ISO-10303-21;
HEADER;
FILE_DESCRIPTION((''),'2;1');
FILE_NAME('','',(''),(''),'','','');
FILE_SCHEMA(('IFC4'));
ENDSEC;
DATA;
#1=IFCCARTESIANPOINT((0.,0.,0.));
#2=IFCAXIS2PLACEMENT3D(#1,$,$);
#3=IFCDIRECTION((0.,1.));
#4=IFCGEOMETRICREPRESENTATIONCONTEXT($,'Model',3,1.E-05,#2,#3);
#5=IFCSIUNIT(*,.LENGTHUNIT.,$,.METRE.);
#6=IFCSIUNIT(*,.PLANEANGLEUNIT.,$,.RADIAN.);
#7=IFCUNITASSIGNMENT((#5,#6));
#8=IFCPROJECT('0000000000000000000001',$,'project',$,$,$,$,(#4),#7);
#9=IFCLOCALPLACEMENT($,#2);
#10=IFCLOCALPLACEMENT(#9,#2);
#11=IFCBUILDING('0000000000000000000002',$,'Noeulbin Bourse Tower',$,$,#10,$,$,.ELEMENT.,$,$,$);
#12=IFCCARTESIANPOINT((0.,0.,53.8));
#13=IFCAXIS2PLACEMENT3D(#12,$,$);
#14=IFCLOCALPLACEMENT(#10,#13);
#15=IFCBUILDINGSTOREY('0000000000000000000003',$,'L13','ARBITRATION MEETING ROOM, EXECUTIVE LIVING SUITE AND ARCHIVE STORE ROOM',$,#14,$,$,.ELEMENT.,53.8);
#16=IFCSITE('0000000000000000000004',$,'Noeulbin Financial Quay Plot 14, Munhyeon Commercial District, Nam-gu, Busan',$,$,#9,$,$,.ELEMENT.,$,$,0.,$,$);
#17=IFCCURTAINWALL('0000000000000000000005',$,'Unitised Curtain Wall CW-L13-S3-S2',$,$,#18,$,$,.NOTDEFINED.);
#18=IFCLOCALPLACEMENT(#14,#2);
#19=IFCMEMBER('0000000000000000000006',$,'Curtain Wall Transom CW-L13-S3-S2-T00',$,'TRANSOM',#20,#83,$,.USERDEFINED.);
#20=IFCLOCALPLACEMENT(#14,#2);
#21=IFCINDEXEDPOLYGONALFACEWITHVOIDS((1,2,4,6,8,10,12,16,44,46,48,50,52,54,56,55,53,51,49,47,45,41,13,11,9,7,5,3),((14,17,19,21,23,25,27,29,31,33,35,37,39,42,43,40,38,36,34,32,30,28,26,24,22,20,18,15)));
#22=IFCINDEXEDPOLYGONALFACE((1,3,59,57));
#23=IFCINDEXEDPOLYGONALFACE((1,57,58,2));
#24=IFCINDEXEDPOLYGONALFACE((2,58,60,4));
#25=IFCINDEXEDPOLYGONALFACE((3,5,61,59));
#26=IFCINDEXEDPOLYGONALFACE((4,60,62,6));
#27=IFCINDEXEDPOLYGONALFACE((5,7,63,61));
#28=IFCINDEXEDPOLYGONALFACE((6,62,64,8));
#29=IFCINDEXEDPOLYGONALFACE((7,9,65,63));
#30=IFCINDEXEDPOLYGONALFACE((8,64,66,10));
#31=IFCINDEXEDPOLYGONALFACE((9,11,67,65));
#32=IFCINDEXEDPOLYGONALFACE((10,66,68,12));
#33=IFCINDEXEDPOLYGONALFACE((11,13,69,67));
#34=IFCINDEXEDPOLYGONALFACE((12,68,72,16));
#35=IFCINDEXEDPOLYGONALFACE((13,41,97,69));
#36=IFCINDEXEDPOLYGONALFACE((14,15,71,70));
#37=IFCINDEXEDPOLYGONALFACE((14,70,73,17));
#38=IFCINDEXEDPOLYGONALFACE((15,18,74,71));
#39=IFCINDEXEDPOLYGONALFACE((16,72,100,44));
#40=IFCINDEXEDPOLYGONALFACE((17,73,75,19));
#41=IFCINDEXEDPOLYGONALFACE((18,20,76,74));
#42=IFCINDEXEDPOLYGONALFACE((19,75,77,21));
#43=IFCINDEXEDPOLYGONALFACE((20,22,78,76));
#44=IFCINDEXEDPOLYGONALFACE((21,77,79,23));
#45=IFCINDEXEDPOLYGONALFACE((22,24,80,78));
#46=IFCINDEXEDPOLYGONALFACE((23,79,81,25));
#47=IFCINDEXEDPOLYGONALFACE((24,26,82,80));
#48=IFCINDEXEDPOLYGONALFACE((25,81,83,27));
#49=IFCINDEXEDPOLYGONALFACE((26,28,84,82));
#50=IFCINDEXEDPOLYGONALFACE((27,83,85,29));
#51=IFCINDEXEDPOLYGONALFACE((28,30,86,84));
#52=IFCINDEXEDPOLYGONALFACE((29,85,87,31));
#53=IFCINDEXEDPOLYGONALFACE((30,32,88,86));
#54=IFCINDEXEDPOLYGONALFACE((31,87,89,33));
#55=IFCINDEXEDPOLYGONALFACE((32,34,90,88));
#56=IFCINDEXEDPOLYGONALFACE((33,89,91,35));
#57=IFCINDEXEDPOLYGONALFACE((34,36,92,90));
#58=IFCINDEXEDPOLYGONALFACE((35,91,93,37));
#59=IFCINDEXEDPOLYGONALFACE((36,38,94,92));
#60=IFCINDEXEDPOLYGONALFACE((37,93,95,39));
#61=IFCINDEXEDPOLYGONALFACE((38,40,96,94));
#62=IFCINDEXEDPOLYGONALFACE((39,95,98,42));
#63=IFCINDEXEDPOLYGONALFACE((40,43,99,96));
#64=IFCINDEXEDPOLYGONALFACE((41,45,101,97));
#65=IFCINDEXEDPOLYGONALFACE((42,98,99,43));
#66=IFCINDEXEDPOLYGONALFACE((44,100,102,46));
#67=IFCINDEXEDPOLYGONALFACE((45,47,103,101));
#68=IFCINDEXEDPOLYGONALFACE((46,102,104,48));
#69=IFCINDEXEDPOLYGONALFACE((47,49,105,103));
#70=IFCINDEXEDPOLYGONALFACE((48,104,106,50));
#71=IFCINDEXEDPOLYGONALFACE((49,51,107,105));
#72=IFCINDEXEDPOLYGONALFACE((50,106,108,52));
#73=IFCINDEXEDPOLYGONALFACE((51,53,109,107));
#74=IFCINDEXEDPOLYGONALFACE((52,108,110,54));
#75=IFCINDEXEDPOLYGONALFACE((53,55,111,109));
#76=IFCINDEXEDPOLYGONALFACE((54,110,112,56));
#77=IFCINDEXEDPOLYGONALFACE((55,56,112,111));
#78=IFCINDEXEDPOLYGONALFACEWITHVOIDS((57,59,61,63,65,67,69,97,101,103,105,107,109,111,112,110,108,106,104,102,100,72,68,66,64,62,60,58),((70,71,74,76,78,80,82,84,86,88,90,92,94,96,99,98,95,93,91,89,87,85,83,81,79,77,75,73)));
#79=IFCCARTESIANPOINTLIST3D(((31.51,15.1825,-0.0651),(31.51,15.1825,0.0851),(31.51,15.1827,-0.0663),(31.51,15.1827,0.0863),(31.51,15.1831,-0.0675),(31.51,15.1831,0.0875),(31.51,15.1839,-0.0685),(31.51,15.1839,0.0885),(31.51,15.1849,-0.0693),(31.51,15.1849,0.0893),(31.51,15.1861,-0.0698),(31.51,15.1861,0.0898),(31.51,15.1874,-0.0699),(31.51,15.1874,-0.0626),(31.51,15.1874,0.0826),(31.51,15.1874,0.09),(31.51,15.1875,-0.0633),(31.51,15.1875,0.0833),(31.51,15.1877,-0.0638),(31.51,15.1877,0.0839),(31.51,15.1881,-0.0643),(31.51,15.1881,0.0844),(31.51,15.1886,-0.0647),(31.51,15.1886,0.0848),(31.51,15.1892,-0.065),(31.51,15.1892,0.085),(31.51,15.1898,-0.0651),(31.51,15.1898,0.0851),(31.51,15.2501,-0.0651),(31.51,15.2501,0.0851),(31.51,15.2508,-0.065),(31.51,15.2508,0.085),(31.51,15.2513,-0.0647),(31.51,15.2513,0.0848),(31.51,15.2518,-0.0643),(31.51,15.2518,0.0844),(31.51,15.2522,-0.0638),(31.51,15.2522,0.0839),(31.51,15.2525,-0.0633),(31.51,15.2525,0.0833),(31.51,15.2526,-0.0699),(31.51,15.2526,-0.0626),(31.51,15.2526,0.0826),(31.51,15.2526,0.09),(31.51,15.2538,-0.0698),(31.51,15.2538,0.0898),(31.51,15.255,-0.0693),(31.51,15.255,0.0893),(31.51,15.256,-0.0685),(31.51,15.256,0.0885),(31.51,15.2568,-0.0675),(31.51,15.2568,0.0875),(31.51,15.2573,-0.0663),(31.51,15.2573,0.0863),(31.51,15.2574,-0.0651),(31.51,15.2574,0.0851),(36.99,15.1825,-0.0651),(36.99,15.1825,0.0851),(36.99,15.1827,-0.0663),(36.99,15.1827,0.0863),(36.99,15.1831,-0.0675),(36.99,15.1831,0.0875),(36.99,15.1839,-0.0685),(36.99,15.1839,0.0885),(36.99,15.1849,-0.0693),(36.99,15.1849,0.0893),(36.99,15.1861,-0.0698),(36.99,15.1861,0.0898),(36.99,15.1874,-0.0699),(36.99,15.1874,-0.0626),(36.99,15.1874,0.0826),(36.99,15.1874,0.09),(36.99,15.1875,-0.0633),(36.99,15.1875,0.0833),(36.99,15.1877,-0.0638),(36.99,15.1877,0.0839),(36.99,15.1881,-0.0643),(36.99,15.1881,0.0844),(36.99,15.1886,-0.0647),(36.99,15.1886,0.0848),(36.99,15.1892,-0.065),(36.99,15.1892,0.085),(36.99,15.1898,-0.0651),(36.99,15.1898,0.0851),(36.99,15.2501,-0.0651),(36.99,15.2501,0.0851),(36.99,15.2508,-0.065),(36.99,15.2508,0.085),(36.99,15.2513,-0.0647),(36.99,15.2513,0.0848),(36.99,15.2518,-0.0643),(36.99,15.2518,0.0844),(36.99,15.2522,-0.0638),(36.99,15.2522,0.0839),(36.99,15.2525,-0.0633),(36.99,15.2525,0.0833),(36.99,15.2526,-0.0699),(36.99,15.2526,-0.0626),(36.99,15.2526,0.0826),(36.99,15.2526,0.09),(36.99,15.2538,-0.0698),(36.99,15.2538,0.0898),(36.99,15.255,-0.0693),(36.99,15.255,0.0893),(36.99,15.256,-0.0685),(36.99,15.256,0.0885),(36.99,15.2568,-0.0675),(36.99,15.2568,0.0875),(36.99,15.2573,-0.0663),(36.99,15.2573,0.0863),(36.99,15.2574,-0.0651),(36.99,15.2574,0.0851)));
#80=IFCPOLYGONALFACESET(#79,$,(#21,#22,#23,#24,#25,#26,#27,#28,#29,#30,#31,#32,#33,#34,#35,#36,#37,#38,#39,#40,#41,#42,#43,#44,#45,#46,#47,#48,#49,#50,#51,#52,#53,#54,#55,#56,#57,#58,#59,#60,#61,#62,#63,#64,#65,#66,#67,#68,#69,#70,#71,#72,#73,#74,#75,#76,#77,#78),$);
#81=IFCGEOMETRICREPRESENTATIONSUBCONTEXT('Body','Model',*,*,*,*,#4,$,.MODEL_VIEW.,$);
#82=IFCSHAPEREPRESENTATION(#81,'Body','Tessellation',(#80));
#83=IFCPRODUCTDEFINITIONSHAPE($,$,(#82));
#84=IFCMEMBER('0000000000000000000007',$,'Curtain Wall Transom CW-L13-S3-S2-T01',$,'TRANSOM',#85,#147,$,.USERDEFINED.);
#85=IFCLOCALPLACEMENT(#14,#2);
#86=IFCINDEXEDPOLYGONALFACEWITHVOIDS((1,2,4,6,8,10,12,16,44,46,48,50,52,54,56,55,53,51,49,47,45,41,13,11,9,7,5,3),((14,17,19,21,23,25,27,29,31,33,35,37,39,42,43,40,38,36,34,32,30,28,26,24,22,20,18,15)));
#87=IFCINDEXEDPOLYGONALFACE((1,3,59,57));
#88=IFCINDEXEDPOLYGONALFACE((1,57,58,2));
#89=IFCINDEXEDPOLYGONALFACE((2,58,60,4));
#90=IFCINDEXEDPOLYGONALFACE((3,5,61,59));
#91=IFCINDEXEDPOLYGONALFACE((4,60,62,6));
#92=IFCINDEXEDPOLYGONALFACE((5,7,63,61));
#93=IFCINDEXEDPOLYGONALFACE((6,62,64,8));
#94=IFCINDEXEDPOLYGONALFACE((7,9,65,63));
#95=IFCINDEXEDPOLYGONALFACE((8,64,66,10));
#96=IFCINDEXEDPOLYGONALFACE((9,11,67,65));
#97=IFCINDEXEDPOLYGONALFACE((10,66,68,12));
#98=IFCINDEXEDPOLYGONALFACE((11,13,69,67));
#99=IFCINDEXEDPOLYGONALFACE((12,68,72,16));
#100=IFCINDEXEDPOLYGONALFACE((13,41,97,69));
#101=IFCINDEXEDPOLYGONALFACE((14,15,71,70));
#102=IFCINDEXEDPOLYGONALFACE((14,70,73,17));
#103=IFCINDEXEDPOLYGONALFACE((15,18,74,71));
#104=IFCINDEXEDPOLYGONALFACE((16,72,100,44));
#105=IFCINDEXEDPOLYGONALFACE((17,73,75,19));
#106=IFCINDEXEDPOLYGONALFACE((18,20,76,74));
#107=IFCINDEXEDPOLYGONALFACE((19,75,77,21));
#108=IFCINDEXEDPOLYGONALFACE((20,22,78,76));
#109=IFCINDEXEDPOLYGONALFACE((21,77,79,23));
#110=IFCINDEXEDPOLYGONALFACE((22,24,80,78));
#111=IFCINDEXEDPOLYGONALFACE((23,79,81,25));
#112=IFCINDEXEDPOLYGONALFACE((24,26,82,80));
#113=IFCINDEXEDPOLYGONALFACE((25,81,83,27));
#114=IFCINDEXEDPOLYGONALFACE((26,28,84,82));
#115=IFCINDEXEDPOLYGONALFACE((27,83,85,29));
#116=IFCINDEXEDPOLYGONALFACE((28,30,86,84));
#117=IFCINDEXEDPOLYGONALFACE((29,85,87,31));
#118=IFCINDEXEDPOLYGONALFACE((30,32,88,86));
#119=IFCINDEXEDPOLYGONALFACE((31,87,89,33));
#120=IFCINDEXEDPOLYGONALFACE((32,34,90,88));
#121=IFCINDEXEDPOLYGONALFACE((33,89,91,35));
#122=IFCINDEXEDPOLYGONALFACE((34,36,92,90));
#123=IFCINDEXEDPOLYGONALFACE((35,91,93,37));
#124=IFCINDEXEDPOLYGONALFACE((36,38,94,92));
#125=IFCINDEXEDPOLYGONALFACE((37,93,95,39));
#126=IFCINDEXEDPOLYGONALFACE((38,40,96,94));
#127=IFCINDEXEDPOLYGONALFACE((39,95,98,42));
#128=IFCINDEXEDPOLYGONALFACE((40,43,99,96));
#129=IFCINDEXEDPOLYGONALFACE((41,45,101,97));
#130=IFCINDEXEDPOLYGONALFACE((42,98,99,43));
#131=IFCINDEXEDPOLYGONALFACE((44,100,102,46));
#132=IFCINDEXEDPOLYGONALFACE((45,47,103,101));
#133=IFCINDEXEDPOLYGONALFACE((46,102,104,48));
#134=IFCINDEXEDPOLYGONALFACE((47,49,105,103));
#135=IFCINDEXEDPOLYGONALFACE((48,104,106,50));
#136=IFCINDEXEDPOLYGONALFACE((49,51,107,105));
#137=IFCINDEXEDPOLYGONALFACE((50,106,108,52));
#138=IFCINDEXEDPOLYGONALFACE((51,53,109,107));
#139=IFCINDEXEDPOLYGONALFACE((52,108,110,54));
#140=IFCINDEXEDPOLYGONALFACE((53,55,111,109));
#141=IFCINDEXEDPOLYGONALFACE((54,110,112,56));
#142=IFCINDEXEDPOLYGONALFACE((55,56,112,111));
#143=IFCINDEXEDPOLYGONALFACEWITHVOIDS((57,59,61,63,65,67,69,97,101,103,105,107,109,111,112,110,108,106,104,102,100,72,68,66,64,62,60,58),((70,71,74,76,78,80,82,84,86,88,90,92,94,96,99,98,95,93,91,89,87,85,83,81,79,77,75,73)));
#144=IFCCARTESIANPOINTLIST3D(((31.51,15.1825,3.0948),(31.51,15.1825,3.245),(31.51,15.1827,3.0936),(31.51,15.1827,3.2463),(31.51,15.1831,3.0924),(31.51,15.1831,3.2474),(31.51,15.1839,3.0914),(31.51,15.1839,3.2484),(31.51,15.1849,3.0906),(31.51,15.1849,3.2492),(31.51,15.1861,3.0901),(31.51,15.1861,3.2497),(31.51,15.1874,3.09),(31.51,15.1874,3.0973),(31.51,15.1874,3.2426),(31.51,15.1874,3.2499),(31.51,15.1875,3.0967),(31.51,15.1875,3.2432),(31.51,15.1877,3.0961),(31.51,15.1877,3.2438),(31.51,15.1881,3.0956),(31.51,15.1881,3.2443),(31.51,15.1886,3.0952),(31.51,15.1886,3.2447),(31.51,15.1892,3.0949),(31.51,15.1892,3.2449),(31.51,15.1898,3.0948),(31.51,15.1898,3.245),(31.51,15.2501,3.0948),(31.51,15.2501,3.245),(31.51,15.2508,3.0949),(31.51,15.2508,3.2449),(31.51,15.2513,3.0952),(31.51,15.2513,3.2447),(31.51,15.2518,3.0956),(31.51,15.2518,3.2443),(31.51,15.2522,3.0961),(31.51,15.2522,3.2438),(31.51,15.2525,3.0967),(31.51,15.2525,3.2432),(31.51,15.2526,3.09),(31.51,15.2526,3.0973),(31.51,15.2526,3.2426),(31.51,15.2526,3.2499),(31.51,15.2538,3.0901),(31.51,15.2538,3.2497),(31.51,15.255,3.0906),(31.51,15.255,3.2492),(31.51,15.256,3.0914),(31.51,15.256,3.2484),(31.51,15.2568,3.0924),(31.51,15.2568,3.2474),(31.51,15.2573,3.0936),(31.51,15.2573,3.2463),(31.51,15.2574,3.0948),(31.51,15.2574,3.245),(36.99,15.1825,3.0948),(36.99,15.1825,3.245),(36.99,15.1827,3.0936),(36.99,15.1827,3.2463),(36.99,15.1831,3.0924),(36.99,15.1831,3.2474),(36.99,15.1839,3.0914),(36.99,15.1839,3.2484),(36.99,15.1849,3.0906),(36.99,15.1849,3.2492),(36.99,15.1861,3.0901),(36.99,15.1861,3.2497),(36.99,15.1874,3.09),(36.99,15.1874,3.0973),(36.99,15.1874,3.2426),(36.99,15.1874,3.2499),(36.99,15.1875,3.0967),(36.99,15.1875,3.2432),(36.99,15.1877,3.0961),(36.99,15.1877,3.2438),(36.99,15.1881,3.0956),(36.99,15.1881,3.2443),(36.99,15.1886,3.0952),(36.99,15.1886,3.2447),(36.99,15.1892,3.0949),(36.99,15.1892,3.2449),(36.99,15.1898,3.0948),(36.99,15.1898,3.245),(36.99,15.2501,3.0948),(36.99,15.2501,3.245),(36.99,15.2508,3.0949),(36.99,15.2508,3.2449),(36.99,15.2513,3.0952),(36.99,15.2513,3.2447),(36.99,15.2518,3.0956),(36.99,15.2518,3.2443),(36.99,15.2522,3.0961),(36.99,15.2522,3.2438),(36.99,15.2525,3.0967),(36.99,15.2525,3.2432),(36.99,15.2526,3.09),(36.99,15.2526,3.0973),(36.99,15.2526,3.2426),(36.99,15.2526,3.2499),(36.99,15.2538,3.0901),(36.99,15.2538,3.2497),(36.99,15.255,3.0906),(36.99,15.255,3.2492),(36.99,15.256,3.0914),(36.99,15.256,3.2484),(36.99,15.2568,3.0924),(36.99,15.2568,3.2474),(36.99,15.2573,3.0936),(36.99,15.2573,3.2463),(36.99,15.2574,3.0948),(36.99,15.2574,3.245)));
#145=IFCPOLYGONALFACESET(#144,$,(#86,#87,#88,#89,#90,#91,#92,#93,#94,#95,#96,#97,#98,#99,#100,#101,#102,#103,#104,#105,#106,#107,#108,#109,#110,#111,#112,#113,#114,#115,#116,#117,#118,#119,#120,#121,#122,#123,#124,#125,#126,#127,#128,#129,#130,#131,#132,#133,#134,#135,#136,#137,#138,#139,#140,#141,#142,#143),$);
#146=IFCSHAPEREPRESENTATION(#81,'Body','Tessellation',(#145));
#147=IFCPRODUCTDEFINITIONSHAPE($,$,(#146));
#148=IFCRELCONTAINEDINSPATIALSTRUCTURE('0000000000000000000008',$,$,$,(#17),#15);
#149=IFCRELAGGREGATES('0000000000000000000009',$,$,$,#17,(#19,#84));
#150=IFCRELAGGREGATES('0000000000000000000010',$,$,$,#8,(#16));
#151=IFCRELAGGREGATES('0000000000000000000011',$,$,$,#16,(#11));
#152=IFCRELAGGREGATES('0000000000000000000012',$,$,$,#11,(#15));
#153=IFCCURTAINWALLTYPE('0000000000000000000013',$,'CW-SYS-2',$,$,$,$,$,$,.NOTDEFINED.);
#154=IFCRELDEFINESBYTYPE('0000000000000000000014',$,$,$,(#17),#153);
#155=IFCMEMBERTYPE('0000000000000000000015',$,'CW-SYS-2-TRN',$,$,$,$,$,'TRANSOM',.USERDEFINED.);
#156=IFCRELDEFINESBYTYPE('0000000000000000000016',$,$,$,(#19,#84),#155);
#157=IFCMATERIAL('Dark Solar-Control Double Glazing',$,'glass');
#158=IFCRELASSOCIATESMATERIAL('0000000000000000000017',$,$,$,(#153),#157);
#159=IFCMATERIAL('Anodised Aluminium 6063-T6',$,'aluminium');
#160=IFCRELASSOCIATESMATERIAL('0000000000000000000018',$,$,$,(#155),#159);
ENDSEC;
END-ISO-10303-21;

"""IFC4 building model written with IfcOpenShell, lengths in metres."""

from ifc_helpers import new_model, si_unit, direction, frame, origin, origin_2d, place, context, subcontext, project, spatial, hollow_rectangle, extrude, material, material_profile, profile_set, type_object, element, aggregate, save


model = new_model("IFC4")

# Units and contexts
model_context = context("Model", 3, precision=1e-05, world=origin(), true_north=direction((0.0, 1.0)))
body_context = subcontext(model_context, "Body", "Model", "MODEL_VIEW")
ifc_project = project(units=[si_unit("LENGTHUNIT", "METRE"), si_unit("PLANEANGLEUNIT", "RADIAN")], contexts=[model_context])

# Site, building, storey
site_placement = place(None, origin())
site = spatial("IfcSite", under=ifc_project, at=site_placement, Name="Noeulbin Financial Quay Plot 14, Munhyeon Commercial District, Nam-gu, Busan", CompositionType="ELEMENT", RefElevation=0.0)
building_placement = place(site_placement, origin())
building = spatial("IfcBuilding", under=site, at=building_placement, Name="Noeulbin Bourse Tower", CompositionType="ELEMENT")
storey_placement = place(building_placement, frame((0.0, 0.0, 53.8)))
storey = spatial("IfcBuildingStorey", under=building, at=storey_placement, Name="L13", Description="ARBITRATION MEETING ROOM, EXECUTIVE LIVING SUITE AND ARCHIVE STORE ROOM", CompositionType="ELEMENT", Elevation=53.8)

# Curtain wall
ifc_material_1 = material(Name="Dark Solar-Control Double Glazing", Category="glass")
curtain_wall_type = type_object("IfcCurtainWallType", Name="CW-SYS-2", PredefinedType="NOTDEFINED", material=ifc_material_1)
ifc_material_2 = material(Name="Anodised Aluminium 6063-T6", Category="aluminium")
curtain_wall_1_placement = place(storey_placement, origin())
curtain_wall_1 = element("IfcCurtainWall", 1, at=curtain_wall_1_placement, inside=storey, type_object=curtain_wall_type, Name="Unitised Curtain Wall CW-L13-S3-S2", PredefinedType="NOTDEFINED")

# Members
ifc_material_profile_1 = material_profile(ifc_material_2, hollow_rectangle(XDim=0.075, YDim=0.1599, WallThickness=0.0049, InnerFilletRadius=0.0024, OuterFilletRadius=0.0049, at=origin_2d()), Name="ALU-TRAN-75x160x5", Category="LoadBearing")
ifc_profile_set_1 = profile_set([ifc_material_profile_1], Name="Anodised Aluminium 6063-T6")
member_type_1 = type_object("IfcMemberType", Name="CW-SYS-2-TRN", ElementType="TRANSOM", PredefinedType="USERDEFINED", material=ifc_profile_set_1)
member_1_placement = place(storey_placement, frame((31.51, 15.22, 0.01), z_axis=(1.0, 0.0, 0.0), x_axis=(0.0, 1.0, 0.0)))
member_1 = element("IfcMember", 2, at=member_1_placement, type_object=member_type_1, Name="Curtain Wall Transom CW-L13-S3-S2-T00", ObjectType="TRANSOM", PredefinedType="USERDEFINED", context=body_context, shape_type="SweptSolid", body=[
    extrude(hollow_rectangle(XDim=0.075, YDim=0.1599, WallThickness=0.0049, InnerFilletRadius=0.0024, OuterFilletRadius=0.0049, at=origin_2d()), origin(), (0.0, 0.0, 1.0), 5.48),
])
member_2_placement = place(storey_placement, frame((31.51, 15.22, 3.1699), z_axis=(1.0, 0.0, 0.0), x_axis=(0.0, 1.0, 0.0)))
member_2 = element("IfcMember", 3, at=member_2_placement, type_object=member_type_1, Name="Curtain Wall Transom CW-L13-S3-S2-T01", ObjectType="TRANSOM", PredefinedType="USERDEFINED", context=body_context, shape_type="SweptSolid", body=[
    extrude(hollow_rectangle(XDim=0.075, YDim=0.1599, WallThickness=0.0049, InnerFilletRadius=0.0024, OuterFilletRadius=0.0049, at=origin_2d()), origin(), (0.0, 0.0, 1.0), 5.48),
])

aggregate(curtain_wall_1, [member_1, member_2])

save(model, "model.ifc")
